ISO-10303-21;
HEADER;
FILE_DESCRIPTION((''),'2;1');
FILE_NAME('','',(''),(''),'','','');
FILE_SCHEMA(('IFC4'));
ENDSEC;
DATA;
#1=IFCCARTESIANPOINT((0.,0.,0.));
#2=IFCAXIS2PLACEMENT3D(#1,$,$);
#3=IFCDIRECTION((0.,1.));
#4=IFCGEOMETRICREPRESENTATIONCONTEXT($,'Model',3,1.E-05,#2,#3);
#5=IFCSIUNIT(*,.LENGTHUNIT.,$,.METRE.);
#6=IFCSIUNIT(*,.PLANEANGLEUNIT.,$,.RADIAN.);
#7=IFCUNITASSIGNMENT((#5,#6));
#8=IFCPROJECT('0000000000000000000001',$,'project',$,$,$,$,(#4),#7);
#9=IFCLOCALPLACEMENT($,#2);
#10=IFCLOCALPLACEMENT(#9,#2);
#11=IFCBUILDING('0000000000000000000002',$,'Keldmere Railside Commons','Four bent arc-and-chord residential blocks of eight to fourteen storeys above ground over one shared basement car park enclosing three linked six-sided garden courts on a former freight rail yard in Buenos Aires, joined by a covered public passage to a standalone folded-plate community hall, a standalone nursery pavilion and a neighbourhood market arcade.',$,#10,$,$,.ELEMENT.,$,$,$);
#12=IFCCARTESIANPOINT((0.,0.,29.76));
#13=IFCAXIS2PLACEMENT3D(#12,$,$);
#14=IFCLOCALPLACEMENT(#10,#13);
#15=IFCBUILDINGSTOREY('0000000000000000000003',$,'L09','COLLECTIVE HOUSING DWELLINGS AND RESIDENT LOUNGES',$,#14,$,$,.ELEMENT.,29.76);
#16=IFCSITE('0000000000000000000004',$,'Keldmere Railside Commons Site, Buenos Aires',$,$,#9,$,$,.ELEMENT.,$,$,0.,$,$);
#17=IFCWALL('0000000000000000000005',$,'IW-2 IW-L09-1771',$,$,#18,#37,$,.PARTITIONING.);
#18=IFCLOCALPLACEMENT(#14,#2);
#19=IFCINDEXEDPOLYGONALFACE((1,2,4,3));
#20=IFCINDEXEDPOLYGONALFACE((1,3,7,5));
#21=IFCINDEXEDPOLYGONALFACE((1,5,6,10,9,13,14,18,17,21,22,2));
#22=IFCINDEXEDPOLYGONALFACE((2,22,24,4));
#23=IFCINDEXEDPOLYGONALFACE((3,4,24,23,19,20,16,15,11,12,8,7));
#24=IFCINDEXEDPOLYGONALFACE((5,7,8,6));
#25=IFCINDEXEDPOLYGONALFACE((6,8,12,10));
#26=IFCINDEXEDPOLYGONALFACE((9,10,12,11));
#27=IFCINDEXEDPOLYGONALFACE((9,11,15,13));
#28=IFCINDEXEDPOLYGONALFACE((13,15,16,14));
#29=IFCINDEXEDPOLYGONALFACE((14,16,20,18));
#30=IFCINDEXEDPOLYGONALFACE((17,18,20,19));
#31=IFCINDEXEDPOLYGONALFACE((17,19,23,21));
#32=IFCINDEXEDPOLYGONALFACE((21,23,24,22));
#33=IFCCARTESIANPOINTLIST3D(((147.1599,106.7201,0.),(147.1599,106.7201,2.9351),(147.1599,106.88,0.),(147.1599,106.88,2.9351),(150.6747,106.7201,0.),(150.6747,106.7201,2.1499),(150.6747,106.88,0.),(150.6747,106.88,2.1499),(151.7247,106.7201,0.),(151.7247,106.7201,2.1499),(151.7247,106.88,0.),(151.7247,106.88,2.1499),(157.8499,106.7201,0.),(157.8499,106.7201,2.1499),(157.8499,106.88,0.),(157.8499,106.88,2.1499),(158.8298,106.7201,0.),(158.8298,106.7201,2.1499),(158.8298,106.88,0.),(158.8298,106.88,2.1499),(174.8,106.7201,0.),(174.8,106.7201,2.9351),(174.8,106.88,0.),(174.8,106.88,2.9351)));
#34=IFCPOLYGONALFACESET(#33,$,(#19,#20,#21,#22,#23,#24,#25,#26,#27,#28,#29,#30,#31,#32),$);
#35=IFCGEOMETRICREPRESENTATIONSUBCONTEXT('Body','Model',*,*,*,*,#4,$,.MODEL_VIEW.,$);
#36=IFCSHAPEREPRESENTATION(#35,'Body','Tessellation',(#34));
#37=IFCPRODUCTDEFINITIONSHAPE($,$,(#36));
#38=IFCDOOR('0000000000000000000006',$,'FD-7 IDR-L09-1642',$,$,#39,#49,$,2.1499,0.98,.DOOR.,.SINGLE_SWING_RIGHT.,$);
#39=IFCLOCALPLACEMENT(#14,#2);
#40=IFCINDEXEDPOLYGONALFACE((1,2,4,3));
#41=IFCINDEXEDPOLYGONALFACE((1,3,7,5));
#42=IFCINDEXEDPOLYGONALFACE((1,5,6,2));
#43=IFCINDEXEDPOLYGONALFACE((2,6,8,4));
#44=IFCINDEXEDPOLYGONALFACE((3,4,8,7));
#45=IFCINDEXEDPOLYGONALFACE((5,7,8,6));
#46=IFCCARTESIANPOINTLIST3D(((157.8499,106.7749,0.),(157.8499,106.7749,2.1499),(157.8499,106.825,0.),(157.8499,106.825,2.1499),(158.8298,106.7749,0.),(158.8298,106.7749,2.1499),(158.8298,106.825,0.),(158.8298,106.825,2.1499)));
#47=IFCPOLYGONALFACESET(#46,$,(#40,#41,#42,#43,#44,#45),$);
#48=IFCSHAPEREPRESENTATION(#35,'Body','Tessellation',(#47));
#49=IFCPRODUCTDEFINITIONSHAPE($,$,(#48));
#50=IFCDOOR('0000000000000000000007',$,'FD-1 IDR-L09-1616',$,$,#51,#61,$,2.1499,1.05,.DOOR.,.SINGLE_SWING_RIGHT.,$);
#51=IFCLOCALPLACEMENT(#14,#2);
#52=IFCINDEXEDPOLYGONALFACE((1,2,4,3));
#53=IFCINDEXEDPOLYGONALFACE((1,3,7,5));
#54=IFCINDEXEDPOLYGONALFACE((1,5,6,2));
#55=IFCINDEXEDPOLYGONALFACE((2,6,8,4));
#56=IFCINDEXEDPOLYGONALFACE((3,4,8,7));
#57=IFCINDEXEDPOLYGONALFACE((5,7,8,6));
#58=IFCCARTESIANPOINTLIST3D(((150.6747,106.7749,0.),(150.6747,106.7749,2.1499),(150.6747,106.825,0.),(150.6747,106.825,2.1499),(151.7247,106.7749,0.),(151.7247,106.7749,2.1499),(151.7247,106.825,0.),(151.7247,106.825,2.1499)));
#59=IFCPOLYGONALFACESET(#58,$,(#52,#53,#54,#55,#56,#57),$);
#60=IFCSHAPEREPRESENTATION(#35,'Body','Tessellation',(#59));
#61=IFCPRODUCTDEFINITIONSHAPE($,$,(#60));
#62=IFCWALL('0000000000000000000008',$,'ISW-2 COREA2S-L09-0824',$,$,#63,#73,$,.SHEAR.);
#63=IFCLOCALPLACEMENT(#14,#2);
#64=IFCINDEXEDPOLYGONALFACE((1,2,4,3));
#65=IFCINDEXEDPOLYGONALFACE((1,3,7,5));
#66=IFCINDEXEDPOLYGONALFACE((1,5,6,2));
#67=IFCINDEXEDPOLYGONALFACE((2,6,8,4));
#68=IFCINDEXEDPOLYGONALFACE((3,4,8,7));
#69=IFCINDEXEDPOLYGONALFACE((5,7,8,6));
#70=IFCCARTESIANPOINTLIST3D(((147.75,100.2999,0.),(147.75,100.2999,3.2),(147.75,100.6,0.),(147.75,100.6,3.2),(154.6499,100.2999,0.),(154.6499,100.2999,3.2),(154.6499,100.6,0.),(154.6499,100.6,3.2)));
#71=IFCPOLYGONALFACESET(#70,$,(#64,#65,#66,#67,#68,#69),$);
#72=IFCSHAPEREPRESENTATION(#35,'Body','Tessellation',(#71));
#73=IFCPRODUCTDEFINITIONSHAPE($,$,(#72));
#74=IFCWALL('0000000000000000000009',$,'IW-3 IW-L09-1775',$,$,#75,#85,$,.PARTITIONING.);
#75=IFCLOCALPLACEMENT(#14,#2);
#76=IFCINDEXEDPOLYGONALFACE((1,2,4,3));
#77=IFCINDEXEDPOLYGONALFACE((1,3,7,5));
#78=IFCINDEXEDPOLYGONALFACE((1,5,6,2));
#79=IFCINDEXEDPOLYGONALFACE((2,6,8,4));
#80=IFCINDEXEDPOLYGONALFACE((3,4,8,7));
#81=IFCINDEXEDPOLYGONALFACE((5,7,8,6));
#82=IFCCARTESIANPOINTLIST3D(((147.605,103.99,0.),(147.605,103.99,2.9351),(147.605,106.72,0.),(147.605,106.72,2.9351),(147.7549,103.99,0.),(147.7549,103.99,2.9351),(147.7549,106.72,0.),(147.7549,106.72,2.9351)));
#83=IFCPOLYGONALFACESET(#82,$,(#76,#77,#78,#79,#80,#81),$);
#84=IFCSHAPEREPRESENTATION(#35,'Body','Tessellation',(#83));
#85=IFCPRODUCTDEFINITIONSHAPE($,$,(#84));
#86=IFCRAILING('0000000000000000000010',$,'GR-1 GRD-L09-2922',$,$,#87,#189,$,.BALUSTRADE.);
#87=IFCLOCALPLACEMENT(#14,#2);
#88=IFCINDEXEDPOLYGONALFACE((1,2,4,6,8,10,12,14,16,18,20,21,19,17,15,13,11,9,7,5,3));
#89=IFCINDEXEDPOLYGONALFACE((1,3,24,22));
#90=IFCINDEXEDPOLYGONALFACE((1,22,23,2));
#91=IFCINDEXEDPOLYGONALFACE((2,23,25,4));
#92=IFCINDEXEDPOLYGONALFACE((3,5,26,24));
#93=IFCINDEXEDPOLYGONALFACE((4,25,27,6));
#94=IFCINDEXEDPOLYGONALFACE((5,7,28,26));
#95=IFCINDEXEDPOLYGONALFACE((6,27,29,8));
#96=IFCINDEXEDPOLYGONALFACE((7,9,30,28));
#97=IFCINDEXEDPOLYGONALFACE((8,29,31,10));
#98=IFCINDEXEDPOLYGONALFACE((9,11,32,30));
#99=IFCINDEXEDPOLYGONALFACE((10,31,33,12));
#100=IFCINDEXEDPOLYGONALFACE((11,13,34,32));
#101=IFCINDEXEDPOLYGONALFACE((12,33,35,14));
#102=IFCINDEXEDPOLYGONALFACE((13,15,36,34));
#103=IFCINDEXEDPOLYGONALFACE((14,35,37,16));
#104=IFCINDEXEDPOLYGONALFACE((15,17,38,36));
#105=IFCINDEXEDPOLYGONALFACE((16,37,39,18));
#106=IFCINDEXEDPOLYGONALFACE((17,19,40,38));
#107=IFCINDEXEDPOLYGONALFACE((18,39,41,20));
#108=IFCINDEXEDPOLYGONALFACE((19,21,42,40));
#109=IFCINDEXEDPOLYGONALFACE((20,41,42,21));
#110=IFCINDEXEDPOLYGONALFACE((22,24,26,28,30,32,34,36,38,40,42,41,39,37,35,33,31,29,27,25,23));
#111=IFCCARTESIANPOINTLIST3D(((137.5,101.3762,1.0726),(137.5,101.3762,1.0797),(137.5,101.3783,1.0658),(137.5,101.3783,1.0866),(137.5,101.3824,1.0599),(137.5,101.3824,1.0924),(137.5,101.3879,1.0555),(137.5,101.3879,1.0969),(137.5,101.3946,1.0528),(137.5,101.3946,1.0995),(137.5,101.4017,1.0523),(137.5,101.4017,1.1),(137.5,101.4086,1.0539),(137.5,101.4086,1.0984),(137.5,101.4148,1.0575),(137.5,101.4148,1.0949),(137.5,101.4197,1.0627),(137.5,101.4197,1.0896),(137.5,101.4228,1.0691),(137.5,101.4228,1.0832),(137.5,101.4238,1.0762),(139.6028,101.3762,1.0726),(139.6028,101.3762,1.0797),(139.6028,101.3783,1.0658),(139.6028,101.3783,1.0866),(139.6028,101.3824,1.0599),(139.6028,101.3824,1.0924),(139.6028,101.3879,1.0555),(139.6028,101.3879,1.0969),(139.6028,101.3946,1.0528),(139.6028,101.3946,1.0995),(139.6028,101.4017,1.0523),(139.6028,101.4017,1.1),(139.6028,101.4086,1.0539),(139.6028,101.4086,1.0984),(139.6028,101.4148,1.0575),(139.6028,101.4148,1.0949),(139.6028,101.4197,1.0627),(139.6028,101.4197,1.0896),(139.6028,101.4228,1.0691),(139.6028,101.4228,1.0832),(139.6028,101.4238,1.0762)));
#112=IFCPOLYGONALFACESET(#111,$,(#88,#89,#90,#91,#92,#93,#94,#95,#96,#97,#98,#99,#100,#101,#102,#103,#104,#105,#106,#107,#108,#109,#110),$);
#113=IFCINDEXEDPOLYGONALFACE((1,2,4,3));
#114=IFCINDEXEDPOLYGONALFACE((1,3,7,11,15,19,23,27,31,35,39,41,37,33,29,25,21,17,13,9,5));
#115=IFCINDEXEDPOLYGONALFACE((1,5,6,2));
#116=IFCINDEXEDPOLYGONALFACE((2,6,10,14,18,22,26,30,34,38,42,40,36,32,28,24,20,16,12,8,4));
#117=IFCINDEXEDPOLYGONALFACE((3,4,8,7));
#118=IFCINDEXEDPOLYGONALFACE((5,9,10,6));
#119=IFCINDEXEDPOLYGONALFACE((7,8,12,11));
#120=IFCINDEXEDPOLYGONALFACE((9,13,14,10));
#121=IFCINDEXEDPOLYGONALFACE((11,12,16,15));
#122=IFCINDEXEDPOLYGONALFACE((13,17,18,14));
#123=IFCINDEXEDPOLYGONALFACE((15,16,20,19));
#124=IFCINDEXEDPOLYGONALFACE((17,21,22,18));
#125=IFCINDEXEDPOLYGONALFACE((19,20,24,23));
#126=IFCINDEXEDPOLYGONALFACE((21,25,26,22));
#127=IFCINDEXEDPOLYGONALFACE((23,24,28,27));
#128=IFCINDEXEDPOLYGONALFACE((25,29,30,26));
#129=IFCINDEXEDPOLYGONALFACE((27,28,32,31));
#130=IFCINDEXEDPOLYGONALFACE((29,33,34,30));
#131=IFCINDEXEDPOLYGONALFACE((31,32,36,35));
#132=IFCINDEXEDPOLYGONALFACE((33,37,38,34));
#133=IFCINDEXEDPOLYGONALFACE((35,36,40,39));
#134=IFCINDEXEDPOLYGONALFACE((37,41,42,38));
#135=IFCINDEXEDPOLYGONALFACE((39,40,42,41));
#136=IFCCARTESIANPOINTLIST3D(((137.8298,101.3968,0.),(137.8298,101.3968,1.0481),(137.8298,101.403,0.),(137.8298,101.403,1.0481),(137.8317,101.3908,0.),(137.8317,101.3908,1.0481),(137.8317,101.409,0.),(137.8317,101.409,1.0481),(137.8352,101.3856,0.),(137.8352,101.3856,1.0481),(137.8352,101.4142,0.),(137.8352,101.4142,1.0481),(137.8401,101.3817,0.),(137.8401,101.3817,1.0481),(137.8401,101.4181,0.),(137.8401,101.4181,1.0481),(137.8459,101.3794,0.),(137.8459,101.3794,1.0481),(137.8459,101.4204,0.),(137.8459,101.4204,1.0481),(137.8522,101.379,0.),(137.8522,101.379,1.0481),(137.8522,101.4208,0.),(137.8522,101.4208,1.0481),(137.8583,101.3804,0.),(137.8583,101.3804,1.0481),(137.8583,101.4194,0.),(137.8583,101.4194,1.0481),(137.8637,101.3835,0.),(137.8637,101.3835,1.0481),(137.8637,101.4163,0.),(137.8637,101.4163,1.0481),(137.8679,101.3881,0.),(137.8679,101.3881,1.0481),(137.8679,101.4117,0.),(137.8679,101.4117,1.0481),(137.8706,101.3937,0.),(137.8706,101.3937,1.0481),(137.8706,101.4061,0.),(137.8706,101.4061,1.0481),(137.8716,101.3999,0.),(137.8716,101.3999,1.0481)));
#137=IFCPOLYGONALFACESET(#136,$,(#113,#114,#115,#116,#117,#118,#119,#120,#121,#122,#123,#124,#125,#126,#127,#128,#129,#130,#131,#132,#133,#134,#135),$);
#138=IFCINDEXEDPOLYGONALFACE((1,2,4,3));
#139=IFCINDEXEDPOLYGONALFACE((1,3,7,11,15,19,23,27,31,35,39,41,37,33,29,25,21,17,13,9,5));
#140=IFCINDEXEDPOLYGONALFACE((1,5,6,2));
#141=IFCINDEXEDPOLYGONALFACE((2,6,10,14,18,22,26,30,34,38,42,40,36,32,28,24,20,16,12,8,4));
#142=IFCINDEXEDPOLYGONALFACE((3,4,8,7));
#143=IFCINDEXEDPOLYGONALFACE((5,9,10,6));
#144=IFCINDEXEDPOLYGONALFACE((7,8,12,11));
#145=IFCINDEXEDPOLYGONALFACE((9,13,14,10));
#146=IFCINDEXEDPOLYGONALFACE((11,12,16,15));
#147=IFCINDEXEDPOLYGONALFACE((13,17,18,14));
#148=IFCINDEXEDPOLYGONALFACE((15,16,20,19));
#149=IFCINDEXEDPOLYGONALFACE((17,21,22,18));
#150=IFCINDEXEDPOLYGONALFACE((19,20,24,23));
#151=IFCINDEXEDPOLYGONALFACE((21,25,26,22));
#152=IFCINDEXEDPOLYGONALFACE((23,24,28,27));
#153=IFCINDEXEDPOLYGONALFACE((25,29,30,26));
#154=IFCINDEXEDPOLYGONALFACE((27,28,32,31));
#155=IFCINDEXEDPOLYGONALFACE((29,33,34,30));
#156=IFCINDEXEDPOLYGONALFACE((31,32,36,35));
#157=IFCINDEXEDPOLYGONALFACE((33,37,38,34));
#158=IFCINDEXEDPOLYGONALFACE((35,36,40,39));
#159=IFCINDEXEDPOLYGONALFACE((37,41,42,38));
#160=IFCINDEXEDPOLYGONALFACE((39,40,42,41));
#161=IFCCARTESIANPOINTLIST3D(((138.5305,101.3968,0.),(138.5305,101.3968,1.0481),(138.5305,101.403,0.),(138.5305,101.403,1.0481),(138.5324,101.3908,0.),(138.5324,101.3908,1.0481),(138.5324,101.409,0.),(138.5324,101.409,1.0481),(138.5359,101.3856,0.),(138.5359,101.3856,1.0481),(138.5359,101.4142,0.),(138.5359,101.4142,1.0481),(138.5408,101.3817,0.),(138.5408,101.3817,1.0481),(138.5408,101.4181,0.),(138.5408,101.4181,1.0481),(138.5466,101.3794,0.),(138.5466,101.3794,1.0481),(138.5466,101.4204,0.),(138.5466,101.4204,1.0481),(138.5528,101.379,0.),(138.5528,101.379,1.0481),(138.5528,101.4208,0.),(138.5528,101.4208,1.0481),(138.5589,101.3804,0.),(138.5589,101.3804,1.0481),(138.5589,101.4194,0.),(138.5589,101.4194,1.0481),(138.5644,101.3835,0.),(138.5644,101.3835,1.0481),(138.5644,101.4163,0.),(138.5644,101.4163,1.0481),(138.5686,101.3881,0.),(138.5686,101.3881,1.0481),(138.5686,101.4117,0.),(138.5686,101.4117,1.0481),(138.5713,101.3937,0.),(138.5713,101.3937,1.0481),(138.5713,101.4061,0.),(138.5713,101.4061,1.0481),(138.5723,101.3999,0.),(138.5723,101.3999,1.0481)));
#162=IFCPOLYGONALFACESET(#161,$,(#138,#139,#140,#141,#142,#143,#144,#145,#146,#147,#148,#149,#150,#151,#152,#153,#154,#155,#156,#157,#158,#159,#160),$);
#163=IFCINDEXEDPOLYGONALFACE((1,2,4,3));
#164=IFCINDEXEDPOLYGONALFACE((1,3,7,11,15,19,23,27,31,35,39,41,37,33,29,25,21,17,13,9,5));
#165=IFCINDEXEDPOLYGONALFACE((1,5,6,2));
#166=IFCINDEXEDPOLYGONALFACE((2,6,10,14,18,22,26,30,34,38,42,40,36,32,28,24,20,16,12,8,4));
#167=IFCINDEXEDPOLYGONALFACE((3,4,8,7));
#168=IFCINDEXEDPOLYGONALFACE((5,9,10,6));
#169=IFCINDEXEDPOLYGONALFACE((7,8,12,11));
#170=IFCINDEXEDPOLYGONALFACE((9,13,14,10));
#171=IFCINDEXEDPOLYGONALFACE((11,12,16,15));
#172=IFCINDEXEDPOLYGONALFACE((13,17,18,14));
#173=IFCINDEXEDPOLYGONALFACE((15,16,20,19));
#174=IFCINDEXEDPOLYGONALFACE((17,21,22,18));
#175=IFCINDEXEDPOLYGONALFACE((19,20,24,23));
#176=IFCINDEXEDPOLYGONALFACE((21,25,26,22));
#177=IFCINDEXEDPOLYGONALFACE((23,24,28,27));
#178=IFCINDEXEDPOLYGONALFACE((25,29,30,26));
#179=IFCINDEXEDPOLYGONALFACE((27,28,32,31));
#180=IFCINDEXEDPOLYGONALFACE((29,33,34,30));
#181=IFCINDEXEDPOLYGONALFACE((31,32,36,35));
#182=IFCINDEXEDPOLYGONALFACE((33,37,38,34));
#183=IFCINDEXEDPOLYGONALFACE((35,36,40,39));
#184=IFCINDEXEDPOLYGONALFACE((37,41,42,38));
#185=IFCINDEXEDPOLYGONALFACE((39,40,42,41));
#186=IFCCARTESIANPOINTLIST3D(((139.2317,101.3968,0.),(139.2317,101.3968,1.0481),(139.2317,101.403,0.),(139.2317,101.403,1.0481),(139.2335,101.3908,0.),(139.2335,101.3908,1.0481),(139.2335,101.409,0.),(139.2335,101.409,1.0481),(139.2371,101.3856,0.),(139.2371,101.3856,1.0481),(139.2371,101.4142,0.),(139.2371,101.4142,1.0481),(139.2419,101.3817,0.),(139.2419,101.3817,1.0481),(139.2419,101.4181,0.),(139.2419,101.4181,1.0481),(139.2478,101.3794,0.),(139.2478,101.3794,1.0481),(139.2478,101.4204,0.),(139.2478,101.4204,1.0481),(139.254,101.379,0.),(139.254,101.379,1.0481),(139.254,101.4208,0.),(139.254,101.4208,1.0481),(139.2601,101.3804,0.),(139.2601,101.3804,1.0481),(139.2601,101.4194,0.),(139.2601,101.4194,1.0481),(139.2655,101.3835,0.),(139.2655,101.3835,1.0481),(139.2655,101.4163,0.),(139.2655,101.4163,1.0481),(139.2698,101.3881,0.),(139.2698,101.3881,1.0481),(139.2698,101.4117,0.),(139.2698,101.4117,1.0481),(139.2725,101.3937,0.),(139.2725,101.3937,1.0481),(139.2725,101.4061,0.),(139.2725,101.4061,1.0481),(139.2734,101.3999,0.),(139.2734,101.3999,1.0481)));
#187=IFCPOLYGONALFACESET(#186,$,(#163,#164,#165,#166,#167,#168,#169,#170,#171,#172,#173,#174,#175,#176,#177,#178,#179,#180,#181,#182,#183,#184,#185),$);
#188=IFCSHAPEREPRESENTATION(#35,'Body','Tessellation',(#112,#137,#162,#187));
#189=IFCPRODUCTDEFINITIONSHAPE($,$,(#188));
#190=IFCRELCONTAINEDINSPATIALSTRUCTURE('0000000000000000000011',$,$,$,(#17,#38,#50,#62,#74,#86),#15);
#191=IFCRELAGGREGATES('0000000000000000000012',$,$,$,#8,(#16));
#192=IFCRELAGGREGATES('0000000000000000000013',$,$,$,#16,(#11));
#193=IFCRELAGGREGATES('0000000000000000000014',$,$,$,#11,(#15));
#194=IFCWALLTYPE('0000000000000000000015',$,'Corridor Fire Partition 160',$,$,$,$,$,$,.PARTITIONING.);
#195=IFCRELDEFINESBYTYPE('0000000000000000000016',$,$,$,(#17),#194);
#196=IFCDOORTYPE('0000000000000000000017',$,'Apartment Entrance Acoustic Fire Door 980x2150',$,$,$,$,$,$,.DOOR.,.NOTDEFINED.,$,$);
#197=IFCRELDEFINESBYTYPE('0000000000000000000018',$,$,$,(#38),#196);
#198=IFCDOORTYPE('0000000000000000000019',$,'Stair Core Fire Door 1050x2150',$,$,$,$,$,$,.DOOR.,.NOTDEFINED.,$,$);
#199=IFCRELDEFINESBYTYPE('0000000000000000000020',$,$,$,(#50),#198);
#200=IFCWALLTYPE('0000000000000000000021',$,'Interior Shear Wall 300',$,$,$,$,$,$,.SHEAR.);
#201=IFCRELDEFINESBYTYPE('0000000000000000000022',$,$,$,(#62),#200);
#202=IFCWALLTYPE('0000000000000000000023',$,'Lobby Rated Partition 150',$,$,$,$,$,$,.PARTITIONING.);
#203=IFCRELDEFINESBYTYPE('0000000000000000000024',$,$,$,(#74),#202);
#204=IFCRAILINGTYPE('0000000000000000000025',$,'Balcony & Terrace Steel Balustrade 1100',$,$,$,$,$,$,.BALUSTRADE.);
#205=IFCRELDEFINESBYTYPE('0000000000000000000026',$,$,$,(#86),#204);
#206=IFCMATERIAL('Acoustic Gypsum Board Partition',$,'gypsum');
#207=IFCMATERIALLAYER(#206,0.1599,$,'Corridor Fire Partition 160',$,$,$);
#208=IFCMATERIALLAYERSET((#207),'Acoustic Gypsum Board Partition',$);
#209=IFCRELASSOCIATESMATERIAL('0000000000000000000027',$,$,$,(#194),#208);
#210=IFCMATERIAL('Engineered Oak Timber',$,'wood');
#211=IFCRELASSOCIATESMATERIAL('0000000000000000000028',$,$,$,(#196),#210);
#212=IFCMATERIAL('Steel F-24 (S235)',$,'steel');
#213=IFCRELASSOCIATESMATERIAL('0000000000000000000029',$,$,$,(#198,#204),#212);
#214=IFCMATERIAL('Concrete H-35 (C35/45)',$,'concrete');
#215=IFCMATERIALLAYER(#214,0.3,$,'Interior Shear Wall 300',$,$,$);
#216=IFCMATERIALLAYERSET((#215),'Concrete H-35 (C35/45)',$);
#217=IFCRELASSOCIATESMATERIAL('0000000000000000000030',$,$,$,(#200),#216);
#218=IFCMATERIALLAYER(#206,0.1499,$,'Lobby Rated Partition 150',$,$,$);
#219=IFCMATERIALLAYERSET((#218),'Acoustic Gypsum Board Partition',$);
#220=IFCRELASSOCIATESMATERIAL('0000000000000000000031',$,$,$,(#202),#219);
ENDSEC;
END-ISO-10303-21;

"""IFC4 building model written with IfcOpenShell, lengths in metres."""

from ifc_helpers import new_model, si_unit, direction, frame, frame_2d, origin, origin_2d, place, context, subcontext, project, spatial, rectangle, circle, extrude, material, layer, layer_set, type_object, element, fill, save


model = new_model("IFC4")

# Units and contexts
model_context = context("Model", 3, precision=1e-05, world=origin(), true_north=direction((0.0, 1.0)))
body_context = subcontext(model_context, "Body", "Model", "MODEL_VIEW")
ifc_project = project(units=[si_unit("LENGTHUNIT", "METRE"), si_unit("PLANEANGLEUNIT", "RADIAN")], contexts=[model_context])

# Site, building, storey
site_placement = place(None, origin())
site = spatial("IfcSite", under=ifc_project, at=site_placement, Name="Keldmere Railside Commons Site, Buenos Aires", CompositionType="ELEMENT", RefElevation=0.0)
building_placement = place(site_placement, origin())
building = spatial("IfcBuilding", under=site, at=building_placement, Name="Keldmere Railside Commons", Description="Four bent arc-and-chord residential blocks of eight to fourteen storeys above ground over one shared basement car park enclosing three linked six-sided garden courts on a former freight rail yard in Buenos Aires, joined by a covered public passage to a standalone folded-plate community hall, a standalone nursery pavilion and a neighbourhood market arcade.", CompositionType="ELEMENT")
storey_placement = place(building_placement, frame((0.0, 0.0, 29.76)))
storey = spatial("IfcBuildingStorey", under=building, at=storey_placement, Name="L09", Description="COLLECTIVE HOUSING DWELLINGS AND RESIDENT LOUNGES", CompositionType="ELEMENT", Elevation=29.76)

# Wall, openings, doors
ifc_material_1 = material(Name="Acoustic Gypsum Board Partition", Category="gypsum")
ifc_layer_1 = layer(ifc_material_1, 0.1599, Name="Corridor Fire Partition 160")
ifc_layer_set_1 = layer_set([ifc_layer_1], Name="Acoustic Gypsum Board Partition")
wall_type_1 = type_object("IfcWallType", Name="Corridor Fire Partition 160", PredefinedType="PARTITIONING", material=ifc_layer_set_1)
wall_1_placement = place(storey_placement, frame((147.1599, 106.8, 0.0), z_axis=(0.0, 0.0, 1.0), x_axis=(1.0, 0.0, 0.0)))
wall_1 = element("IfcWall", 1, at=wall_1_placement, inside=storey, type_object=wall_type_1, Name="IW-2 IW-L09-1771", PredefinedType="PARTITIONING", context=body_context, shape_type="SweptSolid", body=[
    extrude(rectangle(XDim=27.6401, YDim=0.1599, at=frame_2d((13.8201, 0.0))), origin(), (0.0, 0.0, 1.0), 2.9351),
])
opening_1_placement = place(wall_1_placement, frame((3.5149, 0.0, 0.0)))
opening_1 = element("IfcOpeningElement", 2, at=opening_1_placement, cuts=wall_1, PredefinedType="OPENING", context=body_context, shape_type="SweptSolid", body=[
    extrude(rectangle(XDim=1.05, YDim=2.1499, at=frame_2d((0.5249, 1.075))), frame((0.0, 0.0898, 0.0), z_axis=(0.0, -1.0, 0.0), x_axis=(1.0, 0.0, 0.0)), (0.0, 0.0, 1.0), 0.1799),
])
opening_2_placement = place(wall_1_placement, frame((10.6899, 0.0, 0.0)))
opening_2 = element("IfcOpeningElement", 3, at=opening_2_placement, cuts=wall_1, PredefinedType="OPENING", context=body_context, shape_type="SweptSolid", body=[
    extrude(rectangle(XDim=0.98, YDim=2.1499, at=frame_2d((0.49, 1.075))), frame((0.0, 0.0898, 0.0), z_axis=(0.0, -1.0, 0.0), x_axis=(1.0, 0.0, 0.0)), (0.0, 0.0, 1.0), 0.1799),
])
ifc_material_2 = material(Name="Engineered Oak Timber", Category="wood")
door_type_1 = type_object("IfcDoorType", Name="Apartment Entrance Acoustic Fire Door 980x2150", OperationType="NOTDEFINED", PredefinedType="DOOR", material=ifc_material_2)
door_1_placement = place(opening_2_placement, origin())
door_1 = element("IfcDoor", 4, at=door_1_placement, inside=storey, type_object=door_type_1, Name="FD-7 IDR-L09-1642", OperationType="SINGLE_SWING_RIGHT", OverallHeight=2.1499, OverallWidth=0.98, PredefinedType="DOOR", context=body_context, shape_type="SweptSolid", body=[
    extrude(rectangle(XDim=0.98, YDim=2.1499, at=frame_2d((0.49, 1.075))), frame((0.0, 0.0249, 0.0), z_axis=(0.0, -1.0, 0.0), x_axis=(1.0, 0.0, 0.0)), (0.0, 0.0, 1.0), 0.05),
])
fill(opening_2, door_1)
ifc_material_3 = material(Name="Steel F-24 (S235)", Category="steel")
door_type_2 = type_object("IfcDoorType", Name="Stair Core Fire Door 1050x2150", OperationType="NOTDEFINED", PredefinedType="DOOR", material=ifc_material_3)
door_2_placement = place(opening_1_placement, origin())
door_2 = element("IfcDoor", 5, at=door_2_placement, inside=storey, type_object=door_type_2, Name="FD-1 IDR-L09-1616", OperationType="SINGLE_SWING_RIGHT", OverallHeight=2.1499, OverallWidth=1.05, PredefinedType="DOOR", context=body_context, shape_type="SweptSolid", body=[
    extrude(rectangle(XDim=1.05, YDim=2.1499, at=frame_2d((0.5249, 1.075))), frame((0.0, 0.0249, 0.0), z_axis=(0.0, -1.0, 0.0), x_axis=(1.0, 0.0, 0.0)), (0.0, 0.0, 1.0), 0.05),
])
fill(opening_1, door_2)

# Walls
ifc_material_4 = material(Name="Concrete H-35 (C35/45)", Category="concrete")
ifc_layer_2 = layer(ifc_material_4, 0.3, Name="Interior Shear Wall 300")
ifc_layer_set_2 = layer_set([ifc_layer_2], Name="Concrete H-35 (C35/45)")
wall_type_2 = type_object("IfcWallType", Name="Interior Shear Wall 300", PredefinedType="SHEAR", material=ifc_layer_set_2)
wall_2_placement = place(storey_placement, frame((147.75, 100.45, 0.0), z_axis=(0.0, 0.0, 1.0), x_axis=(1.0, 0.0, 0.0)))
element("IfcWall", 6, at=wall_2_placement, inside=storey, type_object=wall_type_2, Name="ISW-2 COREA2S-L09-0824", PredefinedType="SHEAR", context=body_context, shape_type="SweptSolid", body=[
    extrude(rectangle(XDim=6.8999, YDim=0.3, at=frame_2d((3.45, 0.0))), origin(), (0.0, 0.0, 1.0), 3.2),
])
ifc_layer_3 = layer(ifc_material_1, 0.1499, Name="Lobby Rated Partition 150")
ifc_layer_set_3 = layer_set([ifc_layer_3], Name="Acoustic Gypsum Board Partition")
wall_type_3 = type_object("IfcWallType", Name="Lobby Rated Partition 150", PredefinedType="PARTITIONING", material=ifc_layer_set_3)
wall_3_placement = place(storey_placement, frame((147.6799, 103.99, 0.0), z_axis=(0.0, 0.0, 1.0), x_axis=(0.0, 1.0, 0.0)))
element("IfcWall", 7, at=wall_3_placement, inside=storey, type_object=wall_type_3, Name="IW-3 IW-L09-1775", PredefinedType="PARTITIONING", context=body_context, shape_type="SweptSolid", body=[
    extrude(rectangle(XDim=2.73, YDim=0.1499, at=frame_2d((1.365, 0.0))), origin(), (0.0, 0.0, 1.0), 2.9351),
])

# Railing
railing_type = type_object("IfcRailingType", Name="Balcony & Terrace Steel Balustrade 1100", PredefinedType="BALUSTRADE", material=ifc_material_3)
railing_1_placement = place(storey_placement, frame((137.5, 101.3999, 0.0)))
element("IfcRailing", 8, at=railing_1_placement, inside=storey, type_object=railing_type, Name="GR-1 GRD-L09-2922", PredefinedType="BALUSTRADE", context=body_context, shape_type="SweptSolid", body=[
    extrude(circle(Radius=0.0239, at=origin_2d()), frame((0.0, 0.0, 1.0762), z_axis=(1.0, 0.0, 0.0), x_axis=(0.0, 1.0, 0.0)), (0.0, 0.0, 1.0), 2.1028),
    extrude(circle(Radius=0.021, at=origin_2d()), frame((0.3506, 0.0, 0.0)), (0.0, 0.0, 1.0), 1.0481),
    extrude(circle(Radius=0.021, at=origin_2d()), frame((1.0513, 0.0, 0.0)), (0.0, 0.0, 1.0), 1.0481),
    extrude(circle(Radius=0.021, at=origin_2d()), frame((1.7524, 0.0, 0.0)), (0.0, 0.0, 1.0), 1.0481),
])

save(model, "model.ifc")
